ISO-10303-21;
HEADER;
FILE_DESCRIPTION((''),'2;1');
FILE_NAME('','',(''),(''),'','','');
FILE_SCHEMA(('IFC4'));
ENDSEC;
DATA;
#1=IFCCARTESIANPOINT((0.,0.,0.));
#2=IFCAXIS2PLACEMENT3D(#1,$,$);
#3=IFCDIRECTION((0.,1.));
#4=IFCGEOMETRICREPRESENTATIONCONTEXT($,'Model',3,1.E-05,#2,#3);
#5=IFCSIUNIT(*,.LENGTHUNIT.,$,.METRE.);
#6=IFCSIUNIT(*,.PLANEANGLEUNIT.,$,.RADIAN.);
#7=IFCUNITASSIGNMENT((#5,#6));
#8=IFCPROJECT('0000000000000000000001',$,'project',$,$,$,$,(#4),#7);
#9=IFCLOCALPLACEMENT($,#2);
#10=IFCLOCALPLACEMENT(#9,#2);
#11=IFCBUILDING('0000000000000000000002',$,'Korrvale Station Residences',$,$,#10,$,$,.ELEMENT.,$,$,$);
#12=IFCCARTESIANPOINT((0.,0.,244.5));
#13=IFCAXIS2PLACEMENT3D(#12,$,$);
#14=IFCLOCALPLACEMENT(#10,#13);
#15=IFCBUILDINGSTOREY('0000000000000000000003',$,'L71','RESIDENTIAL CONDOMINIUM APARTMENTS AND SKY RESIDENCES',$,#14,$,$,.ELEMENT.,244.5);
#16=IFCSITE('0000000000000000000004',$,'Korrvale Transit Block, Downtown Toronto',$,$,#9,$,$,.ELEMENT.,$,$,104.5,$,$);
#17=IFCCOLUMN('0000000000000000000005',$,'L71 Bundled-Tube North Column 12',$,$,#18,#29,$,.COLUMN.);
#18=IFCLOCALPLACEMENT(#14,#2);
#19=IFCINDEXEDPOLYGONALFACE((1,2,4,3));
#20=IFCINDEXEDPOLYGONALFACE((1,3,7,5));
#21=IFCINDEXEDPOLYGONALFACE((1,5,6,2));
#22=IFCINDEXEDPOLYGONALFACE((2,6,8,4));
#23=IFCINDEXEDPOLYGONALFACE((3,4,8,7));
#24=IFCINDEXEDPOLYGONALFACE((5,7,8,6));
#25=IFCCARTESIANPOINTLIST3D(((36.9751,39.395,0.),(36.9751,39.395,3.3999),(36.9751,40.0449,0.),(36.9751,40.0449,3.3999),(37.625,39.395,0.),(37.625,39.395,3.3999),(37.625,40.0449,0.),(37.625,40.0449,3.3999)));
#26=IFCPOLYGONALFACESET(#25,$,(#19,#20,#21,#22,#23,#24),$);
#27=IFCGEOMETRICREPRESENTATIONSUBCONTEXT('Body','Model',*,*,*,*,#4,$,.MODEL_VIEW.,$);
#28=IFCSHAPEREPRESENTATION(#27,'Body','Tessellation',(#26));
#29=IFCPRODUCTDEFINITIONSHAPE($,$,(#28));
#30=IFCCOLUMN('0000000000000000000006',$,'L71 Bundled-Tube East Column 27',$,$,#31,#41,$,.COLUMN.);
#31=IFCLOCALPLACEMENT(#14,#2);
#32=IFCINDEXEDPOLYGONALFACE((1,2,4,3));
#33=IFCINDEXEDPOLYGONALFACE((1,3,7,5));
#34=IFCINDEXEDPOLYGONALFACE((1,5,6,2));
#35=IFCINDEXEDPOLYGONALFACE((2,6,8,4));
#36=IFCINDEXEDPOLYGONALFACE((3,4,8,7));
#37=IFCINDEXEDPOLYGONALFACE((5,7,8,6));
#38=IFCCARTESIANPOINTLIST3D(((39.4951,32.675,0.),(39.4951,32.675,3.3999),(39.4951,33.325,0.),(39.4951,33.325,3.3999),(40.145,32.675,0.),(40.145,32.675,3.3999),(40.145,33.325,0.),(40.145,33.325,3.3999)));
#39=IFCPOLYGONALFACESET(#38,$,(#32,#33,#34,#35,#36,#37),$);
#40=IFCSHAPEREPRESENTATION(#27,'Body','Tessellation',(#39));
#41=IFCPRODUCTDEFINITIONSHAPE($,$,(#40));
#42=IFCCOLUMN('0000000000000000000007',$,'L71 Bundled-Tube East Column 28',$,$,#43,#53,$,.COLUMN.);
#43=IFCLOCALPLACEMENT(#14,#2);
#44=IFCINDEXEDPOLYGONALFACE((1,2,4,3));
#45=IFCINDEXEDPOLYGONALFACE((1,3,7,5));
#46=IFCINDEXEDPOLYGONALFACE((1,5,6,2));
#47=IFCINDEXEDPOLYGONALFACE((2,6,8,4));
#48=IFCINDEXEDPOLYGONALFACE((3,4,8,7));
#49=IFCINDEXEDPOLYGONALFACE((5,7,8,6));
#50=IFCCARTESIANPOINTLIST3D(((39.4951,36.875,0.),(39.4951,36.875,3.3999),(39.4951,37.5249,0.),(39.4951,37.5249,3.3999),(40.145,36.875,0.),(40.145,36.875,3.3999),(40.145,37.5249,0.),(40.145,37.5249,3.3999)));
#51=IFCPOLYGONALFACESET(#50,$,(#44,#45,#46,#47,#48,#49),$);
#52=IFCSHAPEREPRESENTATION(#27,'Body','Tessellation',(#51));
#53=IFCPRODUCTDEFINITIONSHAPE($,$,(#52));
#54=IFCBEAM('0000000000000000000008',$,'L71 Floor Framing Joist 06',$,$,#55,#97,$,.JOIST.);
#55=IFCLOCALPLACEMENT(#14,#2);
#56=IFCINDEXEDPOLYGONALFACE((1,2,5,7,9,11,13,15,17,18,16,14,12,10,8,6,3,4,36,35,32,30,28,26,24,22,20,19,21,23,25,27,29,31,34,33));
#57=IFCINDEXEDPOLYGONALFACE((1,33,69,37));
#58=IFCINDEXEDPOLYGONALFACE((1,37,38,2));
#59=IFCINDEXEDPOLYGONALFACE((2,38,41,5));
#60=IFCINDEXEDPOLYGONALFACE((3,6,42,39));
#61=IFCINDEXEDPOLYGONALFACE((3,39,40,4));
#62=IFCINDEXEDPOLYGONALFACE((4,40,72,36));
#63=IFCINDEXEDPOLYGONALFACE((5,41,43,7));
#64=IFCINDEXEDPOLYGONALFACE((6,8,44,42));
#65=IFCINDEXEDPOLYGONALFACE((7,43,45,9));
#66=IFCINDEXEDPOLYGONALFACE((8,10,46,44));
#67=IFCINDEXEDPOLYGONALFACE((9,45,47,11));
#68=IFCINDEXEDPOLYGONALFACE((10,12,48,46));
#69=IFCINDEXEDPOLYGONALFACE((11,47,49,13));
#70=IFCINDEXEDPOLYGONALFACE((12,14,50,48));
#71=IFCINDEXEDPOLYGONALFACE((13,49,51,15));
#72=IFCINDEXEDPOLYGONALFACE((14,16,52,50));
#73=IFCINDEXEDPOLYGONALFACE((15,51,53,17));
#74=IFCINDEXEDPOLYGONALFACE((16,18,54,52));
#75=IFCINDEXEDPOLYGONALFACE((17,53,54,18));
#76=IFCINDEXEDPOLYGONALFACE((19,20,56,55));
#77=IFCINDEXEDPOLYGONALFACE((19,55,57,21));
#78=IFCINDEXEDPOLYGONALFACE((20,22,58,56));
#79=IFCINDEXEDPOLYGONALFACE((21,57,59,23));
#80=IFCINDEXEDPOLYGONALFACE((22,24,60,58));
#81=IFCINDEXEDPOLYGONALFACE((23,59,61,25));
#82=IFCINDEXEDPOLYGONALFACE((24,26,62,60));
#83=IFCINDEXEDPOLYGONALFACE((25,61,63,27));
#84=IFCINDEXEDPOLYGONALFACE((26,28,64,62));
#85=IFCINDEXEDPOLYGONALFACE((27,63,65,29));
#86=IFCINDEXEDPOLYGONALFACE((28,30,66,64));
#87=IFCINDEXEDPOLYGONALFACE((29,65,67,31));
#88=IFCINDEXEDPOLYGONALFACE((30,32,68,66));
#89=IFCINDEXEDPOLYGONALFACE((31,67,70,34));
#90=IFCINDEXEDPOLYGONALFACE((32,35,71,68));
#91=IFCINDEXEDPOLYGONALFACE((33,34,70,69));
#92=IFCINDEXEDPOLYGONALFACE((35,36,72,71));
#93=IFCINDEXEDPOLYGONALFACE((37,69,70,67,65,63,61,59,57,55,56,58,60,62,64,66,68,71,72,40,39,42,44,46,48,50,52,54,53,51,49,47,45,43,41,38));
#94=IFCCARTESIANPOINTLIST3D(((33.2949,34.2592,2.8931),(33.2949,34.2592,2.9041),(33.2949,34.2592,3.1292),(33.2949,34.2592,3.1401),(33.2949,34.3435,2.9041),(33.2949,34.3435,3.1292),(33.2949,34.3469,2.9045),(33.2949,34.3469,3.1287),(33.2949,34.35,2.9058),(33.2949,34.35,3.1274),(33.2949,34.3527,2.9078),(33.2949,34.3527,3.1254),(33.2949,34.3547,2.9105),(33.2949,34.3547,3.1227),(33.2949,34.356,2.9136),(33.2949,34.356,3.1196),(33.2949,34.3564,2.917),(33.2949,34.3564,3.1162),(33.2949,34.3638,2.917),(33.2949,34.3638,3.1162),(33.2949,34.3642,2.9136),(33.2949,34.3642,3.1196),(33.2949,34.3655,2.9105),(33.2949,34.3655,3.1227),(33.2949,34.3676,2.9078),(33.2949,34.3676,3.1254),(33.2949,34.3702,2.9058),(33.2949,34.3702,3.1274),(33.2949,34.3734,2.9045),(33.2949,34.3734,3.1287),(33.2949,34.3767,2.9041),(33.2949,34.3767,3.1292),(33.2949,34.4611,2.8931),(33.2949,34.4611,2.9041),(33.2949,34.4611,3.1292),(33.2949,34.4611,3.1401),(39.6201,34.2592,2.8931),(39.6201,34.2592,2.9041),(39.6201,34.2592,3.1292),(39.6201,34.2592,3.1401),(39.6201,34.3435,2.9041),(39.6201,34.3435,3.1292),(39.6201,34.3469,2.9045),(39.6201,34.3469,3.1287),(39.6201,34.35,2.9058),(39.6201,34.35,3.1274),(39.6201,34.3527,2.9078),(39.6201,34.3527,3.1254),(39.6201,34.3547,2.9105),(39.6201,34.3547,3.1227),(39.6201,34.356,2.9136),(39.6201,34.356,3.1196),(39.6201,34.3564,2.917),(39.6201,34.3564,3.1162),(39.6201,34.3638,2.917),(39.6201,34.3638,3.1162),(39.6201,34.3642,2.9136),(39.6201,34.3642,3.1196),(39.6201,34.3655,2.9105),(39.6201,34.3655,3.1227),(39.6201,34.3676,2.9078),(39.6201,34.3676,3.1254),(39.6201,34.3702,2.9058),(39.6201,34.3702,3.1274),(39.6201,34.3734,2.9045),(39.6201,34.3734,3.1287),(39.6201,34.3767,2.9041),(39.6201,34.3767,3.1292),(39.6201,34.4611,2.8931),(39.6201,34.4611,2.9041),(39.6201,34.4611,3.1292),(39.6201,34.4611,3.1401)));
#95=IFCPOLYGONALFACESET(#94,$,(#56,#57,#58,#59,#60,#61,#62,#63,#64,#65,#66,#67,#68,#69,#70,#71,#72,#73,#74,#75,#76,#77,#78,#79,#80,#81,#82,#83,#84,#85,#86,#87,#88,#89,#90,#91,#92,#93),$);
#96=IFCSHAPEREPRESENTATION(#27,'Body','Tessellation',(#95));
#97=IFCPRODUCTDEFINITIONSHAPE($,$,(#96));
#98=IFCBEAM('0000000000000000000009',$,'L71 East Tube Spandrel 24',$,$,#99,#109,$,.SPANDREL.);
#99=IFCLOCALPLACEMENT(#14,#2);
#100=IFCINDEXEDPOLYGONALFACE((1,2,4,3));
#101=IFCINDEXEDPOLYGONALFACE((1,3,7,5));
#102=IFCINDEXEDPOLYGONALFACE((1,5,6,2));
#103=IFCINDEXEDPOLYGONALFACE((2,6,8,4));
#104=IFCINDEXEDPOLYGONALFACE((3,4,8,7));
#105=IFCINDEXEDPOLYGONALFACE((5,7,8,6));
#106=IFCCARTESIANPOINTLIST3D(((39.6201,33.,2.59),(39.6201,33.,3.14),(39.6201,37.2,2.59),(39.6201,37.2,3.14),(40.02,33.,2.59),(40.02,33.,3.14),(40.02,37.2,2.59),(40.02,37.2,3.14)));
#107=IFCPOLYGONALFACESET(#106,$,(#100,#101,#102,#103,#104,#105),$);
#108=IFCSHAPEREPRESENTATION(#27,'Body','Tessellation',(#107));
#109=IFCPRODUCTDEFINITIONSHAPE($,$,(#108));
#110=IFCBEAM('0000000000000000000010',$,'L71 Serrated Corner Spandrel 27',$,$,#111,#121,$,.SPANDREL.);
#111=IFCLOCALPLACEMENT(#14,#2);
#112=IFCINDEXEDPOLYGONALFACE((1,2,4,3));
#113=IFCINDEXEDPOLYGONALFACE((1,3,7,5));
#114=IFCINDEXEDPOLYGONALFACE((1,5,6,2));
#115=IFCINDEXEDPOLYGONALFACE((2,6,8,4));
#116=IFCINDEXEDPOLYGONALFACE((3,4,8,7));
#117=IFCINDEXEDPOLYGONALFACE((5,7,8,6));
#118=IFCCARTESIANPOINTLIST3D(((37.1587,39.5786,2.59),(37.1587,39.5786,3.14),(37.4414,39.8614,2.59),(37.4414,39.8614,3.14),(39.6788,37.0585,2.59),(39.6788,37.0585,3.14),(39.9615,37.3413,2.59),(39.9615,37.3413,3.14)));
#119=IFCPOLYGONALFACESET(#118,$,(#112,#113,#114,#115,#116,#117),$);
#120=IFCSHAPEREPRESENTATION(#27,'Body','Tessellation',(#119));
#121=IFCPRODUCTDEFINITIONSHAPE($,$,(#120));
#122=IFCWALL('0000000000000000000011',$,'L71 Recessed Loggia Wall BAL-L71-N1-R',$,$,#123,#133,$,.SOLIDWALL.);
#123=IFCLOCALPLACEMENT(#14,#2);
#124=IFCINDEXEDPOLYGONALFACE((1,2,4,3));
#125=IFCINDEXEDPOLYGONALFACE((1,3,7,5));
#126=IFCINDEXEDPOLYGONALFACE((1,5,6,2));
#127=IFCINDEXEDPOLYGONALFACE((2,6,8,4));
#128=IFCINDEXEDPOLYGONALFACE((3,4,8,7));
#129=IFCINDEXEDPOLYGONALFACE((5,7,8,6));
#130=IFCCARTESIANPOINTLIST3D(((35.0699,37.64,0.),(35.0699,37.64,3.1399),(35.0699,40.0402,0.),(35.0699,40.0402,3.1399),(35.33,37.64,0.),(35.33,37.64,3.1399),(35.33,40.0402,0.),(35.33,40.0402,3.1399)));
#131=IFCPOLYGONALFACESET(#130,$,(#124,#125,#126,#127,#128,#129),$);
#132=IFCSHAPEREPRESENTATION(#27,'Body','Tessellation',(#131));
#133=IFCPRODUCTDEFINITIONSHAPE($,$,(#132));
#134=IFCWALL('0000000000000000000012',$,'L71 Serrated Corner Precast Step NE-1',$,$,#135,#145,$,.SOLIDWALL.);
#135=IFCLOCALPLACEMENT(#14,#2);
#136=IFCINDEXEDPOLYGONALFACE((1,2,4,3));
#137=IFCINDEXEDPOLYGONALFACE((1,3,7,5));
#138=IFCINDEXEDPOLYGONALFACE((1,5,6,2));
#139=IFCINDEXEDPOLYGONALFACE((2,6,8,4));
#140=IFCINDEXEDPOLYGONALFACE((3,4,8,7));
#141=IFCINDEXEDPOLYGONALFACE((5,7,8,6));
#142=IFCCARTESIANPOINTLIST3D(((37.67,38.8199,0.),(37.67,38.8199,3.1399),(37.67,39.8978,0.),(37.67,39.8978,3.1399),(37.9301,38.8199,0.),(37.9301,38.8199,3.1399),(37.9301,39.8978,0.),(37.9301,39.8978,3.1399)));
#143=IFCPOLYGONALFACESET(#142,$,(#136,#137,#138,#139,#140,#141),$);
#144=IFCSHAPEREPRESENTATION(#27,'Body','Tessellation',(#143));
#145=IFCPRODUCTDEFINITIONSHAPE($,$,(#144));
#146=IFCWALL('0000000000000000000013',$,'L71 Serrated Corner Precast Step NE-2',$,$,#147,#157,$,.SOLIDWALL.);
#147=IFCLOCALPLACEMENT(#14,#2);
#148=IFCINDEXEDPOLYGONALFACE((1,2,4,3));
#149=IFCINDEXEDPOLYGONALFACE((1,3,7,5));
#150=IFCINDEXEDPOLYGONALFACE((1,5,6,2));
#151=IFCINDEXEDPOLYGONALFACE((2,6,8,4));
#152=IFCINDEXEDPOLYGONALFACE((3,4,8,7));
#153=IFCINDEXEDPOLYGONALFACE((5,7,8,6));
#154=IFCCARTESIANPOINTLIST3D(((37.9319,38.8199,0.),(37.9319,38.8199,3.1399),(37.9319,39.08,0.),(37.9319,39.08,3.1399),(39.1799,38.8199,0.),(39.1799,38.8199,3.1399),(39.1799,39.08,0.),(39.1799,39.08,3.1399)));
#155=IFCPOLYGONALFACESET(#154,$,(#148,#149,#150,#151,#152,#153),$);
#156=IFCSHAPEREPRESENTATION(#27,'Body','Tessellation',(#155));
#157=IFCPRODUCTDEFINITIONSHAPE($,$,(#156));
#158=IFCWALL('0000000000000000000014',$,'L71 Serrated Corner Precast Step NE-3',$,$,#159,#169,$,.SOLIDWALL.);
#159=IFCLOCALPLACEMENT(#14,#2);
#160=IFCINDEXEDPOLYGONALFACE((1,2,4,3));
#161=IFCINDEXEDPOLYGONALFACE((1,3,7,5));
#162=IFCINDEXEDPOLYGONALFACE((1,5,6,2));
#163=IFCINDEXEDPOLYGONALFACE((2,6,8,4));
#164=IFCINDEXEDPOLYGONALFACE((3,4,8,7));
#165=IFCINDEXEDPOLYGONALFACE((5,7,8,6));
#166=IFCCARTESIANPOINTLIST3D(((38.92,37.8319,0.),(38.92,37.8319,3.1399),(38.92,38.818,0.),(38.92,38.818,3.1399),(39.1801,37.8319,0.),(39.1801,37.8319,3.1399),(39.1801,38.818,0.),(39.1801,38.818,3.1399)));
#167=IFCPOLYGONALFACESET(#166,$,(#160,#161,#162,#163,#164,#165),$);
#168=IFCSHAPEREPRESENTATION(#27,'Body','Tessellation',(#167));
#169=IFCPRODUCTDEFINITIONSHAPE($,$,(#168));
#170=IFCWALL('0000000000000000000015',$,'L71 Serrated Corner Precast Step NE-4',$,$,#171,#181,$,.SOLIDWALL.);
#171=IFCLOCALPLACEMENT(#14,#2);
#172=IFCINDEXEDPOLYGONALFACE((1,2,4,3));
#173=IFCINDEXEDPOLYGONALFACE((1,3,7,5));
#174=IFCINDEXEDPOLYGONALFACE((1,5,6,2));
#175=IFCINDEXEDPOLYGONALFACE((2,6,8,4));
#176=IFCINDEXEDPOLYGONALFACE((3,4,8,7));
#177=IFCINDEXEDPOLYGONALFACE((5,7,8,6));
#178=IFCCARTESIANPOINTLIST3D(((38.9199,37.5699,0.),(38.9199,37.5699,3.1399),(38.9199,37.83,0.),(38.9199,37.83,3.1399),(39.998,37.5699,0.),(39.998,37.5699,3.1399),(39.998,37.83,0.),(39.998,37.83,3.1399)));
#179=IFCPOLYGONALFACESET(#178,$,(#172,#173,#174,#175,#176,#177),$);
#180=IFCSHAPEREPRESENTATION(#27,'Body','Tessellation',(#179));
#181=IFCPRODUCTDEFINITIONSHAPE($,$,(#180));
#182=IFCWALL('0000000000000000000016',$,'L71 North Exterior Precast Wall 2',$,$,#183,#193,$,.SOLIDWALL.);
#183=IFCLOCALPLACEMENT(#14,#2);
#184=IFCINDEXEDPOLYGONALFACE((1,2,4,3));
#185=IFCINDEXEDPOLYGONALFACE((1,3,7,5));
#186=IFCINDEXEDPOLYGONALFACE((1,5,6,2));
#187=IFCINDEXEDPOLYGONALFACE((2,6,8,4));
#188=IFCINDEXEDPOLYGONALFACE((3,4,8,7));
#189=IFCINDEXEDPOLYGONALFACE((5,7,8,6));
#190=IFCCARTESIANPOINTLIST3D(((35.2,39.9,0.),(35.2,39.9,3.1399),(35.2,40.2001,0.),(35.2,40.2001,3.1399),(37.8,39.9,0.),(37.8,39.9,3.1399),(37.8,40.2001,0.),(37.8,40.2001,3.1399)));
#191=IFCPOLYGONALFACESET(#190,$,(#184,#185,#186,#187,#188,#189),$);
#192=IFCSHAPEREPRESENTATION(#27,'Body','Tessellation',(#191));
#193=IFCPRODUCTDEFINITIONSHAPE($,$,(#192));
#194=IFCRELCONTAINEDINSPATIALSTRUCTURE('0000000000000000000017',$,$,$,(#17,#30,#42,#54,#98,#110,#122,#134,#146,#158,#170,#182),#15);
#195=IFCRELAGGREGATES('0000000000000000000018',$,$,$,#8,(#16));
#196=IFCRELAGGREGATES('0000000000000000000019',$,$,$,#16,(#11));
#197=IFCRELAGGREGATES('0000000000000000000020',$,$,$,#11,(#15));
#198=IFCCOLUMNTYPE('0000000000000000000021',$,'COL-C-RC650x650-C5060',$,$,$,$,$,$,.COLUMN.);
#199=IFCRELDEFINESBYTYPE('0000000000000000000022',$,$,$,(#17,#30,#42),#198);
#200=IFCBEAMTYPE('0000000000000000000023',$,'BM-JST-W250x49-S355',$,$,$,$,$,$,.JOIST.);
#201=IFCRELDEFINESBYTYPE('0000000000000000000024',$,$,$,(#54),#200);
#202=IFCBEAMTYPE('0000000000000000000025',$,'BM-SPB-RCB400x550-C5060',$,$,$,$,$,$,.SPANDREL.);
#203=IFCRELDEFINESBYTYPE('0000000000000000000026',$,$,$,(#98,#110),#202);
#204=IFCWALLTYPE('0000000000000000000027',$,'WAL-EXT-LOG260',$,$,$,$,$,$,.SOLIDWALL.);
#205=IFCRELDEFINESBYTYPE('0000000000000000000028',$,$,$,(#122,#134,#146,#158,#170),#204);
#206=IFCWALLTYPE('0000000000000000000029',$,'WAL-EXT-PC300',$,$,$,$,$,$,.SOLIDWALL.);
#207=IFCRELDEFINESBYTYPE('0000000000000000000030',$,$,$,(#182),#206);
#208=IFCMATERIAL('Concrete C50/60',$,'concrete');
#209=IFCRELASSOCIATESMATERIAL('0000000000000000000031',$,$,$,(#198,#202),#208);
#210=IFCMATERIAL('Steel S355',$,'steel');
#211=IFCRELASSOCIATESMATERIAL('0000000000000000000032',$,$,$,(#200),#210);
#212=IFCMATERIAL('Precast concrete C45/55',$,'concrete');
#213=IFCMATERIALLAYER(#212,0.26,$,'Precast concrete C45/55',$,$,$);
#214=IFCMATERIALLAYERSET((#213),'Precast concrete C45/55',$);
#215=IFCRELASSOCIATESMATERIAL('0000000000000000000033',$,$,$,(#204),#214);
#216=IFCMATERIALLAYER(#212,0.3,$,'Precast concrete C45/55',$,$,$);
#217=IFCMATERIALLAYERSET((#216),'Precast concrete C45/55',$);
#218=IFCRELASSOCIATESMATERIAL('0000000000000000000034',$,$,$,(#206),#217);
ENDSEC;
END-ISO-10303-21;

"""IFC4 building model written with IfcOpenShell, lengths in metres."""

from ifc_helpers import new_model, si_unit, direction, frame, frame_2d, origin, origin_2d, place, context, subcontext, project, spatial, rectangle, i_section, extrude, material, layer, layer_set, material_profile, profile_set, type_object, element, save


model = new_model("IFC4")

# Units and contexts
model_context = context("Model", 3, precision=1e-05, world=origin(), true_north=direction((0.0, 1.0)))
body_context = subcontext(model_context, "Body", "Model", "MODEL_VIEW")
ifc_project = project(units=[si_unit("LENGTHUNIT", "METRE"), si_unit("PLANEANGLEUNIT", "RADIAN")], contexts=[model_context])

# Site, building, storey
site_placement = place(None, origin())
site = spatial("IfcSite", under=ifc_project, at=site_placement, Name="Korrvale Transit Block, Downtown Toronto", CompositionType="ELEMENT", RefElevation=104.5)
building_placement = place(site_placement, origin())
building = spatial("IfcBuilding", under=site, at=building_placement, Name="Korrvale Station Residences", CompositionType="ELEMENT")
storey_placement = place(building_placement, frame((0.0, 0.0, 244.5)))
storey = spatial("IfcBuildingStorey", under=building, at=storey_placement, Name="L71", Description="RESIDENTIAL CONDOMINIUM APARTMENTS AND SKY RESIDENCES", CompositionType="ELEMENT", Elevation=244.5)

# Columns
ifc_material_1 = material(Name="Concrete C50/60", Category="concrete")
ifc_material_profile_1 = material_profile(ifc_material_1, rectangle(XDim=0.6499, YDim=0.6499, at=origin_2d()), Name="RC650x650")
ifc_profile_set_1 = profile_set([ifc_material_profile_1], Name="Concrete C50/60")
column_type = type_object("IfcColumnType", Name="COL-C-RC650x650-C5060", PredefinedType="COLUMN", material=ifc_profile_set_1)
for number, where, z_axis, x_axis, name in (
    (1, (37.3, 39.72, 0.0), (0.0, 0.0, 1.0), (1.0, 0.0, 0.0), "L71 Bundled-Tube North Column 12"),
    (2, (39.8201, 33.0, 0.0), (0.0, 0.0, 1.0), (1.0, 0.0, 0.0), "L71 Bundled-Tube East Column 27"),
    (3, (39.8201, 37.2, 0.0), (0.0, 0.0, 1.0), (1.0, 0.0, 0.0), "L71 Bundled-Tube East Column 28"),
):
    element("IfcColumn", number, at=place(storey_placement, frame(where, z_axis=z_axis, x_axis=x_axis)), inside=storey, type_object=column_type, Name=name, PredefinedType="COLUMN", context=body_context, shape_type="SweptSolid", body=[
        extrude(rectangle(XDim=0.6499, YDim=0.6499, at=origin_2d()), origin(), (0.0, 0.0, 1.0), 3.3999),
    ])

# Beams
ifc_material_2 = material(Name="Steel S355", Category="steel")
ifc_material_profile_2 = material_profile(ifc_material_2, i_section(OverallWidth=0.2019, OverallDepth=0.2471, WebThickness=0.0073, FlangeThickness=0.011, FilletRadius=0.0129, at=origin_2d()), Name="W250x49")
ifc_profile_set_2 = profile_set([ifc_material_profile_2], Name="Steel S355")
beam_type_1 = type_object("IfcBeamType", Name="BM-JST-W250x49-S355", PredefinedType="JOIST", material=ifc_profile_set_2)
beam_1_placement = place(storey_placement, frame((33.2949, 34.3601, 3.0166), z_axis=(1.0, 0.0, 0.0), x_axis=(0.0, 1.0, 0.0)))
element("IfcBeam", 4, at=beam_1_placement, inside=storey, type_object=beam_type_1, Name="L71 Floor Framing Joist 06", PredefinedType="JOIST", context=body_context, shape_type="SweptSolid", body=[
    extrude(i_section(OverallWidth=0.2019, OverallDepth=0.2471, WebThickness=0.0073, FlangeThickness=0.011, FilletRadius=0.0129, at=origin_2d()), origin(), (0.0, 0.0, 1.0), 6.3252),
])
ifc_material_profile_3 = material_profile(ifc_material_1, rectangle(XDim=0.3999, YDim=0.55, at=origin_2d()), Name="RCB400x550")
ifc_profile_set_3 = profile_set([ifc_material_profile_3], Name="Concrete C50/60")
beam_type_2 = type_object("IfcBeamType", Name="BM-SPB-RCB400x550-C5060", PredefinedType="SPANDREL", material=ifc_profile_set_3)
beam_2_placement = place(storey_placement, frame((39.8201, 33.0, 2.865), z_axis=(0.0, 1.0, 0.0), x_axis=(-1.0, 0.0, 0.0)))
element("IfcBeam", 5, at=beam_2_placement, inside=storey, type_object=beam_type_2, Name="L71 East Tube Spandrel 24", PredefinedType="SPANDREL", context=body_context, shape_type="SweptSolid", body=[
    extrude(rectangle(XDim=0.3999, YDim=0.55, at=origin_2d()), origin(), (0.0, 0.0, 1.0), 4.2),
])
beam_3_placement = place(storey_placement, frame((37.3, 39.72, 2.865), z_axis=(0.707107, -0.707107, 0.0), x_axis=(0.707107, 0.707107, 0.0)))
element("IfcBeam", 6, at=beam_3_placement, inside=storey, type_object=beam_type_2, Name="L71 Serrated Corner Spandrel 27", PredefinedType="SPANDREL", context=body_context, shape_type="SweptSolid", body=[
    extrude(rectangle(XDim=0.3999, YDim=0.55, at=origin_2d()), origin(), (0.0, 0.0, 1.0), 3.564),
])

# Walls
ifc_material_3 = material(Name="Precast concrete C45/55", Category="concrete")
ifc_layer_1 = layer(ifc_material_3, 0.26, Name="Precast concrete C45/55")
ifc_layer_set_1 = layer_set([ifc_layer_1], Name="Precast concrete C45/55")
wall_type_1 = type_object("IfcWallType", Name="WAL-EXT-LOG260", PredefinedType="SOLIDWALL", material=ifc_layer_set_1)
wall_1_placement = place(storey_placement, frame((35.2, 37.6399, 0.0), z_axis=(0.0, 0.0, 1.0), x_axis=(0.0, 1.0, 0.0)))
element("IfcWall", 7, at=wall_1_placement, inside=storey, type_object=wall_type_1, Name="L71 Recessed Loggia Wall BAL-L71-N1-R", PredefinedType="SOLIDWALL", context=body_context, shape_type="SweptSolid", body=[
    extrude(rectangle(XDim=2.4001, YDim=0.26, at=frame_2d((1.2002, 0.0))), origin(), (0.0, 0.0, 1.0), 3.1399),
])
wall_2_placement = place(storey_placement, frame((37.8, 39.8979, 0.0), z_axis=(0.0, 0.0, 1.0), x_axis=(0.0, -1.0, 0.0)))
element("IfcWall", 8, at=wall_2_placement, inside=storey, type_object=wall_type_1, Name="L71 Serrated Corner Precast Step NE-1", PredefinedType="SOLIDWALL", context=body_context, shape_type="SweptSolid", body=[
    extrude(rectangle(XDim=1.0779, YDim=0.26, at=frame_2d((0.5391, 0.0))), origin(), (0.0, 0.0, 1.0), 3.1399),
])
wall_3_placement = place(storey_placement, frame((37.9319, 38.95, 0.0), z_axis=(0.0, 0.0, 1.0), x_axis=(1.0, 0.0, 0.0)))
element("IfcWall", 9, at=wall_3_placement, inside=storey, type_object=wall_type_1, Name="L71 Serrated Corner Precast Step NE-2", PredefinedType="SOLIDWALL", context=body_context, shape_type="SweptSolid", body=[
    extrude(rectangle(XDim=1.248, YDim=0.26, at=frame_2d((0.624, 0.0))), origin(), (0.0, 0.0, 1.0), 3.1399),
])
wall_4_placement = place(storey_placement, frame((39.05, 38.8181, 0.0), z_axis=(0.0, 0.0, 1.0), x_axis=(0.0, -1.0, 0.0)))
element("IfcWall", 10, at=wall_4_placement, inside=storey, type_object=wall_type_1, Name="L71 Serrated Corner Precast Step NE-3", PredefinedType="SOLIDWALL", context=body_context, shape_type="SweptSolid", body=[
    extrude(rectangle(XDim=0.9861, YDim=0.26, at=frame_2d((0.4932, 0.0))), origin(), (0.0, 0.0, 1.0), 3.1399),
])
wall_5_placement = place(storey_placement, frame((38.9199, 37.7, 0.0), z_axis=(0.0, 0.0, 1.0), x_axis=(1.0, 0.0, 0.0)))
element("IfcWall", 11, at=wall_5_placement, inside=storey, type_object=wall_type_1, Name="L71 Serrated Corner Precast Step NE-4", PredefinedType="SOLIDWALL", context=body_context, shape_type="SweptSolid", body=[
    extrude(rectangle(XDim=1.0781, YDim=0.26, at=frame_2d((0.5391, 0.0))), origin(), (0.0, 0.0, 1.0), 3.1399),
])
ifc_layer_2 = layer(ifc_material_3, 0.3, Name="Precast concrete C45/55")
ifc_layer_set_2 = layer_set([ifc_layer_2], Name="Precast concrete C45/55")
wall_type_2 = type_object("IfcWallType", Name="WAL-EXT-PC300", PredefinedType="SOLIDWALL", material=ifc_layer_set_2)
wall_6_placement = place(storey_placement, frame((35.2, 40.05, 0.0), z_axis=(0.0, 0.0, 1.0), x_axis=(1.0, 0.0, 0.0)))
element("IfcWall", 12, at=wall_6_placement, inside=storey, type_object=wall_type_2, Name="L71 North Exterior Precast Wall 2", PredefinedType="SOLIDWALL", context=body_context, shape_type="SweptSolid", body=[
    extrude(rectangle(XDim=2.6001, YDim=0.3, at=frame_2d((1.3, 0.0))), origin(), (0.0, 0.0, 1.0), 3.1399),
])

save(model, "model.ifc")
